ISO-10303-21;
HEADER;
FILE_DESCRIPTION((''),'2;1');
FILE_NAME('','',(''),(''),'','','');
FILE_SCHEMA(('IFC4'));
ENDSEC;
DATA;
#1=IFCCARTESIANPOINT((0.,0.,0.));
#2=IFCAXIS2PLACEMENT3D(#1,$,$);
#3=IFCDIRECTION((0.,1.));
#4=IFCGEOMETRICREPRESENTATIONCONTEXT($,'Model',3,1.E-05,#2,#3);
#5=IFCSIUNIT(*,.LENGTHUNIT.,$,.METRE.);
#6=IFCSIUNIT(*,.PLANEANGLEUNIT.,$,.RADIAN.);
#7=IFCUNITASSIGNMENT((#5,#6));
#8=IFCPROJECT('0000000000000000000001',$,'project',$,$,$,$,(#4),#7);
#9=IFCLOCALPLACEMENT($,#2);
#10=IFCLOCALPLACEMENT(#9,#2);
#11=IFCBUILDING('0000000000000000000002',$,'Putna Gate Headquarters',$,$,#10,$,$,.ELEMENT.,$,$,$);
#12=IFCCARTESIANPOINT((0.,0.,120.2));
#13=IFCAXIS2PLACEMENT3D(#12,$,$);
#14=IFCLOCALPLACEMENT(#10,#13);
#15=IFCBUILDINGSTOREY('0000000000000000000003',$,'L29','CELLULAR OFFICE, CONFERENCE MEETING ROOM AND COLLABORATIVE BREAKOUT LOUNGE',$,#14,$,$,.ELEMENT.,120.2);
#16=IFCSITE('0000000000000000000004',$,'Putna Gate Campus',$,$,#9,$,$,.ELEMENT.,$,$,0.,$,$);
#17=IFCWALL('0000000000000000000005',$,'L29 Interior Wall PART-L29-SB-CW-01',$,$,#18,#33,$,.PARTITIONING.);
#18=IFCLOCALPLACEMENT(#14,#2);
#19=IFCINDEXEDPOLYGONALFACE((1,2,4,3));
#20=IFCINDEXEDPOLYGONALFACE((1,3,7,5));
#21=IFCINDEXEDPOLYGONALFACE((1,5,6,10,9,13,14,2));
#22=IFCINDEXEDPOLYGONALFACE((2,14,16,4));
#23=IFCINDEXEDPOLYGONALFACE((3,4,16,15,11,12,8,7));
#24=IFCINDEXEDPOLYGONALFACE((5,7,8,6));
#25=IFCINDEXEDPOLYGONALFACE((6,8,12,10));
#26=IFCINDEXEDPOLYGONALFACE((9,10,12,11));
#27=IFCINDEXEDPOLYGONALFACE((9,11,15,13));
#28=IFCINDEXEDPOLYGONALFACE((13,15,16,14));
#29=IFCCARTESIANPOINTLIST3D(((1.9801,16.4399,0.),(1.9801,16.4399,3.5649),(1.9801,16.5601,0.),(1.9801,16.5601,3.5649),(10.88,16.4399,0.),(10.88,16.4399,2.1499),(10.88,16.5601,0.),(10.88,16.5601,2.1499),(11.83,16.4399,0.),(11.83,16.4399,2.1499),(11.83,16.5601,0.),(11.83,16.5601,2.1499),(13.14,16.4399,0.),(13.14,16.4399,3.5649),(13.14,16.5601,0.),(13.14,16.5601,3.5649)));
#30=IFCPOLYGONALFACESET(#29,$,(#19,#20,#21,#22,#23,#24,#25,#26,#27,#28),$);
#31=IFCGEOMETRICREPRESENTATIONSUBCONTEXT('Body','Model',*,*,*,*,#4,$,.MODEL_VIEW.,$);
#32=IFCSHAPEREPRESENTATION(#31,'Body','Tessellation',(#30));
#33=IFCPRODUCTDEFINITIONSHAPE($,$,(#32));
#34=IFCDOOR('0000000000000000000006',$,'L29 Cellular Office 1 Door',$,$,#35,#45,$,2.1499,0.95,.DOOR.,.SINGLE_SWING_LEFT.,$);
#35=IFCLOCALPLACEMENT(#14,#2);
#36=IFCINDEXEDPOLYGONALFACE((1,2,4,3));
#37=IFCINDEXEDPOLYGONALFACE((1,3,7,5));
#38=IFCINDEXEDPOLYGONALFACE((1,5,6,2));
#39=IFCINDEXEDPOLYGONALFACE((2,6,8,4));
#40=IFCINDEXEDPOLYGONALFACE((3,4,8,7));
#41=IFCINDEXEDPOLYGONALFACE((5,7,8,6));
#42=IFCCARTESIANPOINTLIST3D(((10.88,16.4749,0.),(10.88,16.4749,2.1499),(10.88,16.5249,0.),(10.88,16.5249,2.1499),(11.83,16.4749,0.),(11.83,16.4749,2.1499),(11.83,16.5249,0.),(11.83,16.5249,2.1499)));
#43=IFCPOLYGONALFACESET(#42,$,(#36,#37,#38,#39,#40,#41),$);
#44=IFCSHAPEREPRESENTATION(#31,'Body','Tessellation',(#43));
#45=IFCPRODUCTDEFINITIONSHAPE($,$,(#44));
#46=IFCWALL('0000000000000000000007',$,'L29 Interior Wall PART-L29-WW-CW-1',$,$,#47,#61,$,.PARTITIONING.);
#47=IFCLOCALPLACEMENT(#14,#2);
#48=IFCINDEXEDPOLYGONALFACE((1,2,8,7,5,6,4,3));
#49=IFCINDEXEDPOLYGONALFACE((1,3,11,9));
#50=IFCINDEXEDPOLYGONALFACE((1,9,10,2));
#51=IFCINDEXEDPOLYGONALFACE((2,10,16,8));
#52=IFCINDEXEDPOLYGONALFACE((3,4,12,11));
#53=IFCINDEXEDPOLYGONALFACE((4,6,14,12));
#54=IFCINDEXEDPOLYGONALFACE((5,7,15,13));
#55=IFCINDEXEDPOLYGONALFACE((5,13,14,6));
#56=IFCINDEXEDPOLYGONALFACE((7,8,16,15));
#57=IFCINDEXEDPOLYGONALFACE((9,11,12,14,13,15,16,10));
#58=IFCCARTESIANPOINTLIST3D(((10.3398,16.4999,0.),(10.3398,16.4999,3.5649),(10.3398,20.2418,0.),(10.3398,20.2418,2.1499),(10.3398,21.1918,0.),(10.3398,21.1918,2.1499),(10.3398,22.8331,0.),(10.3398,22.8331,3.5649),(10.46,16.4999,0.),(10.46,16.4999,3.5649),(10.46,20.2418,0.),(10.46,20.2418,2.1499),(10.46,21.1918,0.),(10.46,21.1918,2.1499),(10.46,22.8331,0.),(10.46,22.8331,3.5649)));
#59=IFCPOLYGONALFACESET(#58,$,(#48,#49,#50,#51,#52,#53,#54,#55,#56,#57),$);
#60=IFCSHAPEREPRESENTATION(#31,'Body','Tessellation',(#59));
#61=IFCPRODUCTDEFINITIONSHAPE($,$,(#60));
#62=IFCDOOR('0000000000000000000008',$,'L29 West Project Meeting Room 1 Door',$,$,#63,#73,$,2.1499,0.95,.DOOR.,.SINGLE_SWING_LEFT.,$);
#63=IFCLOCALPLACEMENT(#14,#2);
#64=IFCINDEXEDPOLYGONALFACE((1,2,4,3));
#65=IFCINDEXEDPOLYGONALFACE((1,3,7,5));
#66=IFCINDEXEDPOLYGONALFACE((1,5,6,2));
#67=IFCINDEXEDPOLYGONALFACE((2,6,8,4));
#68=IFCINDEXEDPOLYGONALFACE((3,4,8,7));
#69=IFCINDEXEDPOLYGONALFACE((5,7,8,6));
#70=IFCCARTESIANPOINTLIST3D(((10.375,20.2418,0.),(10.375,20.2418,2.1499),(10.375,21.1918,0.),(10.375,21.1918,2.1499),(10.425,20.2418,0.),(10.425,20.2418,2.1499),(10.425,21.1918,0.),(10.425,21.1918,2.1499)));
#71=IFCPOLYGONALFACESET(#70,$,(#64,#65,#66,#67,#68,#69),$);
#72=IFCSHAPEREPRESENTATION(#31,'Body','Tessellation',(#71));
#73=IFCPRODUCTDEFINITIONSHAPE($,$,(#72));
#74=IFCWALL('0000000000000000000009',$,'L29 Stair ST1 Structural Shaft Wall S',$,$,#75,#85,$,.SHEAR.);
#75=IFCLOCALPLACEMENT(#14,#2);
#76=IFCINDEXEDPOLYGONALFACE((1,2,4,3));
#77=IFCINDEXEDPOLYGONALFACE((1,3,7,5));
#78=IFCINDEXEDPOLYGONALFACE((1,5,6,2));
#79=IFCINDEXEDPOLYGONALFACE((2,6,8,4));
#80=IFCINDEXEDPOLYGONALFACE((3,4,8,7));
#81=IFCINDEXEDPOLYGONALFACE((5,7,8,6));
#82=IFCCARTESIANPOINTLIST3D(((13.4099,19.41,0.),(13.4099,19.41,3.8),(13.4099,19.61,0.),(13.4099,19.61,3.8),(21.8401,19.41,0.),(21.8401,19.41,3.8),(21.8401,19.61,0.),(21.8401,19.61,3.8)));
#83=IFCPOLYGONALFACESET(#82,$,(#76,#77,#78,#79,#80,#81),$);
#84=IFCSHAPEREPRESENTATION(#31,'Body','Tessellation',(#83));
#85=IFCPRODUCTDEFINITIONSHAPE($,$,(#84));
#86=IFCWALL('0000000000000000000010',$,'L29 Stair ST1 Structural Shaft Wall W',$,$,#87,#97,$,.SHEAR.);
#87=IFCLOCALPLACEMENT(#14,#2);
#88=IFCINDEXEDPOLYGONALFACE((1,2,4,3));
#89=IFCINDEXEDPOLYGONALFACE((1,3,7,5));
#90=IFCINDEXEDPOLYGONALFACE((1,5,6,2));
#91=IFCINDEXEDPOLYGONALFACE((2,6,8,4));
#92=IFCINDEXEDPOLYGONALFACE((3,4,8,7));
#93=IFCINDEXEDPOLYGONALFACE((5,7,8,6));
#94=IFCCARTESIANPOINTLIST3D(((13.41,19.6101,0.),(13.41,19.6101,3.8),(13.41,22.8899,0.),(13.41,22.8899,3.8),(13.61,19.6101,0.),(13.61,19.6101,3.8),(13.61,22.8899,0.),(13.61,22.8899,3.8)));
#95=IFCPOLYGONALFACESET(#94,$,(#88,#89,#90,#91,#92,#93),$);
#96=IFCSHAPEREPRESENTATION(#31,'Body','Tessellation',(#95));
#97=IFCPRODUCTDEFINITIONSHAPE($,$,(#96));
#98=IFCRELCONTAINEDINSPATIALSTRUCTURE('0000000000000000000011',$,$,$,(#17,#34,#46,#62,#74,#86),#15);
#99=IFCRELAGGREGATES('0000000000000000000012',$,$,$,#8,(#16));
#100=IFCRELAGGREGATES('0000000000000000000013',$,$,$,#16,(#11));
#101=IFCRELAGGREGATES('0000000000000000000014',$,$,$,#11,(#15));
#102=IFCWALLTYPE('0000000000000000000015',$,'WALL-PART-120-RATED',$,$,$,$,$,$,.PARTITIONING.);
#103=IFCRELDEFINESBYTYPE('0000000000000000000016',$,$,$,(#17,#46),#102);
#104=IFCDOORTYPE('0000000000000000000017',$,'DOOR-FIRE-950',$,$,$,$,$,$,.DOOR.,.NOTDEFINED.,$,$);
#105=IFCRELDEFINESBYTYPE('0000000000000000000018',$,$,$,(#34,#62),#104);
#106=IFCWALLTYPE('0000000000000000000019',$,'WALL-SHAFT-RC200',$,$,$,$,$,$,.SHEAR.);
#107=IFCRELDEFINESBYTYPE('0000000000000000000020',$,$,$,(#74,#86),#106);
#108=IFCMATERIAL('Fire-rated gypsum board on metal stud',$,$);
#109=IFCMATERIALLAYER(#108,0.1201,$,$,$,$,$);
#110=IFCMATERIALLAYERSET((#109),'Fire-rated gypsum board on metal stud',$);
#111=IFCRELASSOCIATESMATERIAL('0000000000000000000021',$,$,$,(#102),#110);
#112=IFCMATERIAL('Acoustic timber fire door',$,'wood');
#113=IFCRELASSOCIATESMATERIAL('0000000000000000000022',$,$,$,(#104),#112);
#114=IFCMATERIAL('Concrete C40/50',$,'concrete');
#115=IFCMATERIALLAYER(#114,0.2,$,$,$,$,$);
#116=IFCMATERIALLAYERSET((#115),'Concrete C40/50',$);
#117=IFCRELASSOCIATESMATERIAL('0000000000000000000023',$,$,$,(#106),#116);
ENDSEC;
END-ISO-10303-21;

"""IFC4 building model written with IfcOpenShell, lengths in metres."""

from ifc_helpers import new_model, si_unit, direction, frame, frame_2d, origin, place, context, subcontext, project, spatial, rectangle, extrude, material, layer, layer_set, type_object, element, fill, save


model = new_model("IFC4")

# Units and contexts
model_context = context("Model", 3, precision=1e-05, world=origin(), true_north=direction((0.0, 1.0)))
body_context = subcontext(model_context, "Body", "Model", "MODEL_VIEW")
ifc_project = project(units=[si_unit("LENGTHUNIT", "METRE"), si_unit("PLANEANGLEUNIT", "RADIAN")], contexts=[model_context])

# Site, building, storey
site_placement = place(None, origin())
site = spatial("IfcSite", under=ifc_project, at=site_placement, Name="Putna Gate Campus", CompositionType="ELEMENT", RefElevation=0.0)
building_placement = place(site_placement, origin())
building = spatial("IfcBuilding", under=site, at=building_placement, Name="Putna Gate Headquarters", CompositionType="ELEMENT")
storey_placement = place(building_placement, frame((0.0, 0.0, 120.2)))
storey = spatial("IfcBuildingStorey", under=building, at=storey_placement, Name="L29", Description="CELLULAR OFFICE, CONFERENCE MEETING ROOM AND COLLABORATIVE BREAKOUT LOUNGE", CompositionType="ELEMENT", Elevation=120.2)

# Shared definitions
ifc_material_1 = material(Name="Fire-rated gypsum board on metal stud")
ifc_layer_1 = layer(ifc_material_1, 0.1201)
ifc_layer_set_1 = layer_set([ifc_layer_1], Name="Fire-rated gypsum board on metal stud")
wall_type_1 = type_object("IfcWallType", Name="WALL-PART-120-RATED", PredefinedType="PARTITIONING", material=ifc_layer_set_1)
ifc_material_2 = material(Name="Acoustic timber fire door", Category="wood")
door_type_1 = type_object("IfcDoorType", Name="DOOR-FIRE-950", OperationType="NOTDEFINED", PredefinedType="DOOR", material=ifc_material_2)

# Walls, openings, doors
wall_1_placement = place(storey_placement, frame((1.98, 16.5, 0.0), z_axis=(0.0, 0.0, 1.0), x_axis=(1.0, 0.0, 0.0)))
wall_1 = element("IfcWall", 1, at=wall_1_placement, inside=storey, type_object=wall_type_1, Name="L29 Interior Wall PART-L29-SB-CW-01", PredefinedType="PARTITIONING", context=body_context, shape_type="SweptSolid", body=[
    extrude(rectangle(XDim=11.1599, YDim=0.1201, at=frame_2d((5.5801, 0.0))), origin(), (0.0, 0.0, 1.0), 3.5649),
])
opening_1_placement = place(wall_1_placement, frame((8.8999, 0.0, 0.0)))
opening_1 = element("IfcOpeningElement", 2, at=opening_1_placement, cuts=wall_1, PredefinedType="OPENING", context=body_context, shape_type="SweptSolid", body=[
    extrude(rectangle(XDim=0.95, YDim=2.1499, at=frame_2d((0.4751, 1.075))), frame((0.0, 0.0701, 0.0), z_axis=(0.0, -1.0, 0.0), x_axis=(1.0, 0.0, 0.0)), (0.0, 0.0, 1.0), 0.1401),
])
door_1_placement = place(opening_1_placement, origin())
door_1 = element("IfcDoor", 3, at=door_1_placement, inside=storey, type_object=door_type_1, Name="L29 Cellular Office 1 Door", OperationType="SINGLE_SWING_LEFT", OverallHeight=2.1499, OverallWidth=0.95, PredefinedType="DOOR", context=body_context, shape_type="SweptSolid", body=[
    extrude(rectangle(XDim=0.95, YDim=2.1499, at=frame_2d((0.4751, 1.075))), frame((0.0, 0.0249, 0.0), z_axis=(0.0, -1.0, 0.0), x_axis=(1.0, 0.0, 0.0)), (0.0, 0.0, 1.0), 0.05),
])
fill(opening_1, door_1)
wall_2_placement = place(storey_placement, frame((10.3999, 16.5, 0.0), z_axis=(0.0, 0.0, 1.0), x_axis=(0.0, 1.0, 0.0)))
wall_2 = element("IfcWall", 4, at=wall_2_placement, inside=storey, type_object=wall_type_1, Name="L29 Interior Wall PART-L29-WW-CW-1", PredefinedType="PARTITIONING", context=body_context, shape_type="SweptSolid", body=[
    extrude(rectangle(XDim=6.3333, YDim=0.1201, at=frame_2d((3.1665, 0.0))), origin(), (0.0, 0.0, 1.0), 3.5649),
])
opening_2_placement = place(wall_2_placement, frame((3.7417, 0.0, 0.0)))
opening_2 = element("IfcOpeningElement", 5, at=opening_2_placement, cuts=wall_2, PredefinedType="OPENING", context=body_context, shape_type="SweptSolid", body=[
    extrude(rectangle(XDim=0.95, YDim=2.1499, at=frame_2d((0.4751, 1.075))), frame((0.0, 0.0701, 0.0), z_axis=(0.0, -1.0, 0.0), x_axis=(1.0, 0.0, 0.0)), (0.0, 0.0, 1.0), 0.1401),
])
door_2_placement = place(opening_2_placement, origin())
door_2 = element("IfcDoor", 6, at=door_2_placement, inside=storey, type_object=door_type_1, Name="L29 West Project Meeting Room 1 Door", OperationType="SINGLE_SWING_LEFT", OverallHeight=2.1499, OverallWidth=0.95, PredefinedType="DOOR", context=body_context, shape_type="SweptSolid", body=[
    extrude(rectangle(XDim=0.95, YDim=2.1499, at=frame_2d((0.4751, 1.075))), frame((0.0, 0.0249, 0.0), z_axis=(0.0, -1.0, 0.0), x_axis=(1.0, 0.0, 0.0)), (0.0, 0.0, 1.0), 0.05),
])
fill(opening_2, door_2)

# Walls
ifc_material_3 = material(Name="Concrete C40/50", Category="concrete")
ifc_layer_2 = layer(ifc_material_3, 0.2)
ifc_layer_set_2 = layer_set([ifc_layer_2], Name="Concrete C40/50")
wall_type_2 = type_object("IfcWallType", Name="WALL-SHAFT-RC200", PredefinedType="SHEAR", material=ifc_layer_set_2)
wall_3_placement = place(storey_placement, frame((13.4099, 19.51, 0.0), z_axis=(0.0, 0.0, 1.0), x_axis=(1.0, 0.0, 0.0)))
element("IfcWall", 7, at=wall_3_placement, inside=storey, type_object=wall_type_2, Name="L29 Stair ST1 Structural Shaft Wall S", PredefinedType="SHEAR", context=body_context, shape_type="SweptSolid", body=[
    extrude(rectangle(XDim=8.4302, YDim=0.2, at=frame_2d((4.2151, 0.0))), origin(), (0.0, 0.0, 1.0), 3.8),
])
wall_4_placement = place(storey_placement, frame((13.51, 19.6101, 0.0), z_axis=(0.0, 0.0, 1.0), x_axis=(0.0, 1.0, 0.0)))
element("IfcWall", 8, at=wall_4_placement, inside=storey, type_object=wall_type_2, Name="L29 Stair ST1 Structural Shaft Wall W", PredefinedType="SHEAR", context=body_context, shape_type="SweptSolid", body=[
    extrude(rectangle(XDim=3.2798, YDim=0.2, at=frame_2d((1.6399, 0.0))), origin(), (0.0, 0.0, 1.0), 3.8),
])

save(model, "model.ifc")
